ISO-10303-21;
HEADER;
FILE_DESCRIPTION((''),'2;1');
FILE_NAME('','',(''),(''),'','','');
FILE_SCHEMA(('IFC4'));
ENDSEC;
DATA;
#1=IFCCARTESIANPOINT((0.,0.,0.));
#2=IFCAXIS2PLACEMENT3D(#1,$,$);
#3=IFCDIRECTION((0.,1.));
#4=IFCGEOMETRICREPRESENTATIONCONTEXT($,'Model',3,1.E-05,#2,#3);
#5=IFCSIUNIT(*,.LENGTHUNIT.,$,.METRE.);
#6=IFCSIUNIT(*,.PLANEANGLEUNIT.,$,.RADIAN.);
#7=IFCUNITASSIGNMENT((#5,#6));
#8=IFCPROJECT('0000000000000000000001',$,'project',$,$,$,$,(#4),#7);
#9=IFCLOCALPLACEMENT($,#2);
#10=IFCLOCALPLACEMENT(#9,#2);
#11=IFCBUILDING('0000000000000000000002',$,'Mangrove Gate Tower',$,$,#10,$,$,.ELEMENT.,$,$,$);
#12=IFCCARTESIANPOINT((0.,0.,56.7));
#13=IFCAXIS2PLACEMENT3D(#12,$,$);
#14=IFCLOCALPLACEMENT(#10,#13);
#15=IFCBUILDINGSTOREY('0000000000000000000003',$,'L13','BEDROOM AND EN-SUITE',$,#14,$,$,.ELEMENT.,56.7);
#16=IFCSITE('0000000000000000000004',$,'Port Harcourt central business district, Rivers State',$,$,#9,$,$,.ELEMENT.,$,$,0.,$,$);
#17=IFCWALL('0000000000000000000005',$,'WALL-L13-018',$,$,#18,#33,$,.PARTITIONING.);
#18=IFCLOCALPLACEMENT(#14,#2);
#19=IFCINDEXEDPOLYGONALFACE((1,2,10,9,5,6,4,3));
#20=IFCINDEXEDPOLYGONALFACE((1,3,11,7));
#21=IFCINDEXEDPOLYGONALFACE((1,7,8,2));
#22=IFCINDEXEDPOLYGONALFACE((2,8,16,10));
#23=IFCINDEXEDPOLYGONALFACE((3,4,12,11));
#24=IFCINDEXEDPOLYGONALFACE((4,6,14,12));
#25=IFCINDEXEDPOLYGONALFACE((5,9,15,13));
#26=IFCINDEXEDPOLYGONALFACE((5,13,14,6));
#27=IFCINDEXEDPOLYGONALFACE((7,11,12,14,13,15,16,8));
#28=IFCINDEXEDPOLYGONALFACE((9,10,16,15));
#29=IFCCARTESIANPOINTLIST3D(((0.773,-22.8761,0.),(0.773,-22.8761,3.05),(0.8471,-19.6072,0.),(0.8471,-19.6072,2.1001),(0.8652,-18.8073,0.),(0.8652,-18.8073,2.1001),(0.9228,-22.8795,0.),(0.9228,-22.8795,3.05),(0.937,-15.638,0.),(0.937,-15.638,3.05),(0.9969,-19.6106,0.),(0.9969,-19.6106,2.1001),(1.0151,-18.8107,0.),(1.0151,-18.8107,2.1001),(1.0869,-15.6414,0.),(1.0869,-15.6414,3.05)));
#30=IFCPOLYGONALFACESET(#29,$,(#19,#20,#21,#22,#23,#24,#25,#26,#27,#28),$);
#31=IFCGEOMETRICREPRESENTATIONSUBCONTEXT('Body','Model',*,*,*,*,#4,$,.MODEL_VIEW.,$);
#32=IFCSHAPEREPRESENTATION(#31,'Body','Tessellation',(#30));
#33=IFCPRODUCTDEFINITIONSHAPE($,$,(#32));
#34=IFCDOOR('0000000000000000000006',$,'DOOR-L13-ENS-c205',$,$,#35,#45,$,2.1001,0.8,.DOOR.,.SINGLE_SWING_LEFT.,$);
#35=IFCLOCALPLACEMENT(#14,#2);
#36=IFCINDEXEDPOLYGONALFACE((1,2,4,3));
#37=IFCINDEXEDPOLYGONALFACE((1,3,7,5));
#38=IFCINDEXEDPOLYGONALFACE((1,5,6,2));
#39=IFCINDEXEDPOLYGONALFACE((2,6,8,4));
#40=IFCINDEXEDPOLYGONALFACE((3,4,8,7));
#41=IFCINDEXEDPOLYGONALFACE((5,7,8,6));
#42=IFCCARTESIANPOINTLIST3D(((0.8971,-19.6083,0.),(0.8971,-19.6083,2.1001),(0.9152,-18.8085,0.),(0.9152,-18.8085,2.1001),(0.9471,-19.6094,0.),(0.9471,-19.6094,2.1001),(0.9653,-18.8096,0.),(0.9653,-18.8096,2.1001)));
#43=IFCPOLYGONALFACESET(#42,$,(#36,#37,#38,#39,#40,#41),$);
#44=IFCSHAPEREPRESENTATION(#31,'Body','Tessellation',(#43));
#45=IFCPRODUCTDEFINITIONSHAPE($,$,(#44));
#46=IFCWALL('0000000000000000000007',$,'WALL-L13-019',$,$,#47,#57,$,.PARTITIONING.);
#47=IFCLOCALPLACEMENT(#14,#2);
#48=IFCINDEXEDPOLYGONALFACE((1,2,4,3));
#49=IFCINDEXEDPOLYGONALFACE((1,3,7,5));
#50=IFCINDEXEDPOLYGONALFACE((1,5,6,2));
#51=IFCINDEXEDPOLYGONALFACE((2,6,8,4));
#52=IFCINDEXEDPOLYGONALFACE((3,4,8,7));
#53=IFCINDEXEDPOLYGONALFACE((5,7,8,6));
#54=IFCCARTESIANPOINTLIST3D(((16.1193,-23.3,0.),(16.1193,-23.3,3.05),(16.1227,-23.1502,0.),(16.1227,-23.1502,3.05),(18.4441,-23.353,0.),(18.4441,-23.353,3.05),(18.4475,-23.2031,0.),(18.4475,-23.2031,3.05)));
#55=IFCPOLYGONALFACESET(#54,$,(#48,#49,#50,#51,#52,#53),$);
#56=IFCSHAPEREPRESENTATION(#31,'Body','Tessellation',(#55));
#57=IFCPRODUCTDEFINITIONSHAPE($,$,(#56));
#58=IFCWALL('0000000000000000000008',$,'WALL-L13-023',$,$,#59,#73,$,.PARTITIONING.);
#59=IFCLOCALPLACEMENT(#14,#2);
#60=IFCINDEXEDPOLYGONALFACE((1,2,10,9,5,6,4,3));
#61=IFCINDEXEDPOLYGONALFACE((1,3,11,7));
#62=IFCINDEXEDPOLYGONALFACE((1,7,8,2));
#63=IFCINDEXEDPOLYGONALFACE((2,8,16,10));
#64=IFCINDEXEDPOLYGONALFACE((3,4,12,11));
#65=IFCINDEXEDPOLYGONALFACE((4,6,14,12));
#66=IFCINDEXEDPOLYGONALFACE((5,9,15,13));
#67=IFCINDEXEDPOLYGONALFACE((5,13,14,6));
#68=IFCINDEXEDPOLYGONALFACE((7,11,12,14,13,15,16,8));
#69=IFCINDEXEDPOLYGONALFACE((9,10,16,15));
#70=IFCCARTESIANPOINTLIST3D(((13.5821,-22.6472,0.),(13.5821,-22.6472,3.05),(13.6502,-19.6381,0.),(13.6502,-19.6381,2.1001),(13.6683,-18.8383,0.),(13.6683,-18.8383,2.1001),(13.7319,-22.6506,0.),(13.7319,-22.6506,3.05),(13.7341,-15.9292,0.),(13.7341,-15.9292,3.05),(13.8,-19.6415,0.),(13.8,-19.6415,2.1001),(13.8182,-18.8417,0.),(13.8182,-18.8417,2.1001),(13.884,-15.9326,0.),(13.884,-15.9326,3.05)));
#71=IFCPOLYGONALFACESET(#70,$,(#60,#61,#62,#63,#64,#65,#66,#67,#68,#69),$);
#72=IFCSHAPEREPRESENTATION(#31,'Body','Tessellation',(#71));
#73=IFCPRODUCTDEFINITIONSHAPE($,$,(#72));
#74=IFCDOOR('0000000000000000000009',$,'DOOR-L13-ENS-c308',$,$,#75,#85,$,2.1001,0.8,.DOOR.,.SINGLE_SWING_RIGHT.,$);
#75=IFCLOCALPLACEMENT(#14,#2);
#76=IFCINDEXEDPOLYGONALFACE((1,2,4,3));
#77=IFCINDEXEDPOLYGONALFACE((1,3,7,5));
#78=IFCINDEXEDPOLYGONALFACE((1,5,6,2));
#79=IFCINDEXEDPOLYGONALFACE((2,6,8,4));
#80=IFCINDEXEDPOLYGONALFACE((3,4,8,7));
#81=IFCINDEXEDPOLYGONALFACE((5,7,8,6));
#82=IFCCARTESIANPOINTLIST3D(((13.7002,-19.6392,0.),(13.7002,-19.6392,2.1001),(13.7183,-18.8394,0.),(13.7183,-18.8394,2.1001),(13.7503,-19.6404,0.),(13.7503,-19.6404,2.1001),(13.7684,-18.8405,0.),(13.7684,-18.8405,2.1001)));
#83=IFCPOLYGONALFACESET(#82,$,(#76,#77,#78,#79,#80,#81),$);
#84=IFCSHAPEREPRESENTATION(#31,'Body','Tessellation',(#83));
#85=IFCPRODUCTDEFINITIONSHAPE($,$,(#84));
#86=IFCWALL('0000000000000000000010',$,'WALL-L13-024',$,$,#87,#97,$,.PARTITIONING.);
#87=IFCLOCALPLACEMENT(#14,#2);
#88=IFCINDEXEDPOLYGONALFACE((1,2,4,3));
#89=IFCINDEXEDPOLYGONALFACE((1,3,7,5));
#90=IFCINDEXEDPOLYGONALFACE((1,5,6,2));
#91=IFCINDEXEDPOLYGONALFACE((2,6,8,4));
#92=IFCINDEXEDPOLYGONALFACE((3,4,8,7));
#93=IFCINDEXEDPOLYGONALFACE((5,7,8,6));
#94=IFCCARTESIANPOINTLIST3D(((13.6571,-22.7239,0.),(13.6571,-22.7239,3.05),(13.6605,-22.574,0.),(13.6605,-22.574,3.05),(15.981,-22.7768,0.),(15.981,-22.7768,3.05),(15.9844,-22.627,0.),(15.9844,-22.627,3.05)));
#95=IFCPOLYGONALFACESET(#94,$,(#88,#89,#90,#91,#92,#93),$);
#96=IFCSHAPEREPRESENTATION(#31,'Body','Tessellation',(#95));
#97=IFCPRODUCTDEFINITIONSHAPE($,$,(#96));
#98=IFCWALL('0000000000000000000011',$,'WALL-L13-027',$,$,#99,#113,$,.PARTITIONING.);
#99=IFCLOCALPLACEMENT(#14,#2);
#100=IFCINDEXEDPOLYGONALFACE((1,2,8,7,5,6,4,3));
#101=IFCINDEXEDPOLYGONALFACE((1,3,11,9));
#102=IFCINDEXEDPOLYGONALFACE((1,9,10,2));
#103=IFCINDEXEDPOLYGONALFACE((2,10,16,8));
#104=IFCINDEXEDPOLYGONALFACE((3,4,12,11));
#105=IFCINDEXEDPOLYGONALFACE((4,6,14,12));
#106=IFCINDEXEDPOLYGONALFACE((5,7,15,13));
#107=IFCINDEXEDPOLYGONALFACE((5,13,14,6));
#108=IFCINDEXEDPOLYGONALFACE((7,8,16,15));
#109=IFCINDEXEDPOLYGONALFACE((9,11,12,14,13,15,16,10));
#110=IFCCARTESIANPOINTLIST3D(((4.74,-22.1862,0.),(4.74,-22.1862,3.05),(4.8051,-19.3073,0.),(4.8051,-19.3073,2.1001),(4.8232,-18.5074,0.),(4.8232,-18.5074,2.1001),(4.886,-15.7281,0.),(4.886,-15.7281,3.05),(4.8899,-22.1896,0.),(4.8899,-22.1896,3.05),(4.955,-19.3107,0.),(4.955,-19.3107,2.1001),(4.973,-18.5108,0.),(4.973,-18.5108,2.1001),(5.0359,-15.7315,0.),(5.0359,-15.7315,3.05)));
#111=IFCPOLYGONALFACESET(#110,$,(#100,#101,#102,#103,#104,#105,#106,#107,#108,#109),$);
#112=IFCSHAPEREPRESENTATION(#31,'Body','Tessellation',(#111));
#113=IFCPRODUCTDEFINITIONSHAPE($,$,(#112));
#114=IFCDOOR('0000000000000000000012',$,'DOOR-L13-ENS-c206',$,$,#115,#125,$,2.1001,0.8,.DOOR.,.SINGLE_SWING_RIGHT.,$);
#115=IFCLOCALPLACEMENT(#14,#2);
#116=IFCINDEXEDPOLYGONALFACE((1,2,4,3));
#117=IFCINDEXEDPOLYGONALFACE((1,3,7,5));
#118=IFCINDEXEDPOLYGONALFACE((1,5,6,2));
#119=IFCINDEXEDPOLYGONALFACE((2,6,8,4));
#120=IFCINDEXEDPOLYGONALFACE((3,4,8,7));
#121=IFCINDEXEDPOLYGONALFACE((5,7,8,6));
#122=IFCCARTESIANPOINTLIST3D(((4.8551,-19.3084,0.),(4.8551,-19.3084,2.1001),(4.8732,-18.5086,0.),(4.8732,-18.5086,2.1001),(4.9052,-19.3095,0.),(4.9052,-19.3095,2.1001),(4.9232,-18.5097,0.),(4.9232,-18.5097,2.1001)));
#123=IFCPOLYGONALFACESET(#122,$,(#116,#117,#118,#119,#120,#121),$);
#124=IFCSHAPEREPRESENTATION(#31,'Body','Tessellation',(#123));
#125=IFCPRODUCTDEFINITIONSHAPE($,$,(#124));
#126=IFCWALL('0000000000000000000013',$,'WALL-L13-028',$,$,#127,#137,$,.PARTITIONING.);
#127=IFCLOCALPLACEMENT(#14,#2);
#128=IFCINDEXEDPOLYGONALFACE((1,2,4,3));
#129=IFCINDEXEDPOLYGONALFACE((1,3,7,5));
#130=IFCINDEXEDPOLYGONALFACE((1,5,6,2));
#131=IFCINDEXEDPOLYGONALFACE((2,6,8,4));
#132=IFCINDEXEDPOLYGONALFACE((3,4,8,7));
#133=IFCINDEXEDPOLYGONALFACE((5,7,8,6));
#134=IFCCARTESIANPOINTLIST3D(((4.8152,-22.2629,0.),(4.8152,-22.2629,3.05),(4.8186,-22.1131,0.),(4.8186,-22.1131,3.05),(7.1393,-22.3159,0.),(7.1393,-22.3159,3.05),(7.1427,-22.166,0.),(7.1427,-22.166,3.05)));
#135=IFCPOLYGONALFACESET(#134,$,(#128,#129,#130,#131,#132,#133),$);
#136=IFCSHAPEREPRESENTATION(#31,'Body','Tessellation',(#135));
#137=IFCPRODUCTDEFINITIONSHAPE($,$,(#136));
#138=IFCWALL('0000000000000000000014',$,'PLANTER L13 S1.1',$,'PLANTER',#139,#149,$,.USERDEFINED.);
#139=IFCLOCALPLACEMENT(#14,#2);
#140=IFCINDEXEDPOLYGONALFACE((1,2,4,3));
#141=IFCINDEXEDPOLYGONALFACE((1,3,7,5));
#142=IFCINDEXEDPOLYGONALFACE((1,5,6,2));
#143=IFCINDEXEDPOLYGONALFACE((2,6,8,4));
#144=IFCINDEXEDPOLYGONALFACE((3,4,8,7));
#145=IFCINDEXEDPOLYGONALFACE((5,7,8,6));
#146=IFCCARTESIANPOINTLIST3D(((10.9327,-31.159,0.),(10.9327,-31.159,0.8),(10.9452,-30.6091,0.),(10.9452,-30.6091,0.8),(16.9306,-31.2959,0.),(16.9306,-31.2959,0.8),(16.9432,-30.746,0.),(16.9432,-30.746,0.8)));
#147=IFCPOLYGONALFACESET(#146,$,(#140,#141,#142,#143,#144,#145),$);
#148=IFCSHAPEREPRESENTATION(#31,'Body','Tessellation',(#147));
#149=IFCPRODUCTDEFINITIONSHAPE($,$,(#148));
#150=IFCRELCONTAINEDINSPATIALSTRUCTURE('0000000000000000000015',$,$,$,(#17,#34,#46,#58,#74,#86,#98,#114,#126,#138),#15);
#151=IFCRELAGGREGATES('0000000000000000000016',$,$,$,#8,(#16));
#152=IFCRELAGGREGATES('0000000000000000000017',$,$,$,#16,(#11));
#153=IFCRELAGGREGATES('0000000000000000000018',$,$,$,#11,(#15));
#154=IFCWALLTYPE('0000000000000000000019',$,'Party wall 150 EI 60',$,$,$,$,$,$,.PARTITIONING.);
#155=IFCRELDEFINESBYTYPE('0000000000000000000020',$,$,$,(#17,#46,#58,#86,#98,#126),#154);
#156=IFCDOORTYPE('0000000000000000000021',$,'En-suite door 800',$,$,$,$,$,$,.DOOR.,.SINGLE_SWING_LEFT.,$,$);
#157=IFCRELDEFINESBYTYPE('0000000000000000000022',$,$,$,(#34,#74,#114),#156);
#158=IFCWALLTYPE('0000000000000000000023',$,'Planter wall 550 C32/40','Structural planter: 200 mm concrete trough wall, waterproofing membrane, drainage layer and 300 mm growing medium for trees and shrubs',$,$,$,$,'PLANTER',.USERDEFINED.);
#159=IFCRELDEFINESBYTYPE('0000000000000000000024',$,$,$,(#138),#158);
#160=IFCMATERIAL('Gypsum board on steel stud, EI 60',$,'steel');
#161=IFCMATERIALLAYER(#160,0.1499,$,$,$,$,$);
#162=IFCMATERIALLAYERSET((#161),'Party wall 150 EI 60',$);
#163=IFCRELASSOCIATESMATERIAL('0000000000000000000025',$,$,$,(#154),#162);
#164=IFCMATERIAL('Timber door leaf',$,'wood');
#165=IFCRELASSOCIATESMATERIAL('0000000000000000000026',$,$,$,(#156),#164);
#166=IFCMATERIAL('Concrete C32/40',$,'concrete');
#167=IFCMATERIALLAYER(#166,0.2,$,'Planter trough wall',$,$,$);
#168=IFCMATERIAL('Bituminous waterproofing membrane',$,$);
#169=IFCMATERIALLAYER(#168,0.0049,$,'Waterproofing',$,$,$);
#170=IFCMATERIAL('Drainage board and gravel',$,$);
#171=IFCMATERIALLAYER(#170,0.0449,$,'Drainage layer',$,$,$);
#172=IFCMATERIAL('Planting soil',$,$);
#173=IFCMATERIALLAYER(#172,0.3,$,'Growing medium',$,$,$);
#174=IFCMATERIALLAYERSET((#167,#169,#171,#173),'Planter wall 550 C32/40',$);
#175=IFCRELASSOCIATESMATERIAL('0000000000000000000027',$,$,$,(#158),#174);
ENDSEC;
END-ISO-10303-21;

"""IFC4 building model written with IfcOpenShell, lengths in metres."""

from ifc_helpers import new_model, si_unit, direction, frame, frame_2d, origin, place, context, subcontext, project, spatial, rectangle, extrude, material, layer, layer_set, type_object, element, fill, save


model = new_model("IFC4")

# Units and contexts
model_context = context("Model", 3, precision=1e-05, world=origin(), true_north=direction((0.0, 1.0)))
body_context = subcontext(model_context, "Body", "Model", "MODEL_VIEW")
ifc_project = project(units=[si_unit("LENGTHUNIT", "METRE"), si_unit("PLANEANGLEUNIT", "RADIAN")], contexts=[model_context])

# Site, building, storey
site_placement = place(None, origin())
site = spatial("IfcSite", under=ifc_project, at=site_placement, Name="Port Harcourt central business district, Rivers State", CompositionType="ELEMENT", RefElevation=0.0)
building_placement = place(site_placement, origin())
building = spatial("IfcBuilding", under=site, at=building_placement, Name="Mangrove Gate Tower", CompositionType="ELEMENT")
storey_placement = place(building_placement, frame((0.0, 0.0, 56.7)))
storey = spatial("IfcBuildingStorey", under=building, at=storey_placement, Name="L13", Description="BEDROOM AND EN-SUITE", CompositionType="ELEMENT", Elevation=56.7)

# Shared definitions
ifc_material_1 = material(Name="Gypsum board on steel stud, EI 60", Category="steel")
ifc_layer_1 = layer(ifc_material_1, 0.1499)
ifc_layer_set_1 = layer_set([ifc_layer_1], Name="Party wall 150 EI 60")
wall_type_1 = type_object("IfcWallType", Name="Party wall 150 EI 60", PredefinedType="PARTITIONING", material=ifc_layer_set_1)

# Wall, opening, door
ifc_material_2 = material(Name="Timber door leaf", Category="wood")
door_type = type_object("IfcDoorType", Name="En-suite door 800", OperationType="SINGLE_SWING_LEFT", PredefinedType="DOOR", material=ifc_material_2)
wall_1_placement = place(storey_placement, frame((0.8479, -22.8779, 0.0), z_axis=(0.0, 0.0, 1.0), x_axis=(0.022661, 0.999743, 0.0)))
wall_1 = element("IfcWall", 1, at=wall_1_placement, inside=storey, type_object=wall_type_1, Name="WALL-L13-018", PredefinedType="PARTITIONING", context=body_context, shape_type="SweptSolid", body=[
    extrude(rectangle(XDim=7.24, YDim=0.1499, at=frame_2d((3.6201, 0.0))), origin(), (0.0, 0.0, 1.0), 3.05),
])
opening_1_placement = place(wall_1_placement, frame((3.27, 0.0, 0.0)))
opening_1 = element("IfcOpeningElement", 2, at=opening_1_placement, cuts=wall_1, PredefinedType="OPENING", context=body_context, shape_type="SweptSolid", body=[
    extrude(rectangle(XDim=0.8, YDim=2.1001, at=frame_2d((0.3999, 1.05))), frame((0.0, 0.085, 0.0), z_axis=(0.0, -1.0, 0.0), x_axis=(1.0, 0.0, 0.0)), (0.0, 0.0, 1.0), 0.1699),
])
door_1_placement = place(opening_1_placement, origin())
door_1 = element("IfcDoor", 3, at=door_1_placement, inside=storey, type_object=door_type, Name="DOOR-L13-ENS-c205", OperationType="SINGLE_SWING_LEFT", OverallHeight=2.1001, OverallWidth=0.8, PredefinedType="DOOR", context=body_context, shape_type="SweptSolid", body=[
    extrude(rectangle(XDim=0.8, YDim=2.1001, at=frame_2d((0.3999, 1.05))), frame((0.0, 0.0249, 0.0), z_axis=(0.0, -1.0, 0.0), x_axis=(1.0, 0.0, 0.0)), (0.0, 0.0, 1.0), 0.05),
])
fill(opening_1, door_1)

# Wall
wall_2_placement = place(storey_placement, frame((16.1211, -23.2251, 0.0), z_axis=(0.0, 0.0, 1.0), x_axis=(0.99974, -0.022781, 0.0)))
element("IfcWall", 4, at=wall_2_placement, inside=storey, type_object=wall_type_1, Name="WALL-L13-019", PredefinedType="PARTITIONING", context=body_context, shape_type="SweptSolid", body=[
    extrude(rectangle(XDim=2.3254, YDim=0.1499, at=frame_2d((1.1626, 0.0))), origin(), (0.0, 0.0, 1.0), 3.05),
])

# Wall, opening, door
wall_3_placement = place(storey_placement, frame((13.657, -22.6489, 0.0), z_axis=(0.0, 0.0, 1.0), x_axis=(0.022635, 0.999744, 0.0)))
wall_3 = element("IfcWall", 5, at=wall_3_placement, inside=storey, type_object=wall_type_1, Name="WALL-L13-023", PredefinedType="PARTITIONING", context=body_context, shape_type="SweptSolid", body=[
    extrude(rectangle(XDim=6.7197, YDim=0.1499, at=frame_2d((3.3599, 0.0))), origin(), (0.0, 0.0, 1.0), 3.05),
])
opening_2_placement = place(wall_3_placement, frame((3.01, 0.0, 0.0)))
opening_2 = element("IfcOpeningElement", 6, at=opening_2_placement, cuts=wall_3, PredefinedType="OPENING", context=body_context, shape_type="SweptSolid", body=[
    extrude(rectangle(XDim=0.8, YDim=2.1001, at=frame_2d((0.3999, 1.05))), frame((0.0, 0.085, 0.0), z_axis=(0.0, -1.0, 0.0), x_axis=(1.0, 0.0, 0.0)), (0.0, 0.0, 1.0), 0.1699),
])
door_2_placement = place(opening_2_placement, origin())
door_2 = element("IfcDoor", 7, at=door_2_placement, inside=storey, type_object=door_type, Name="DOOR-L13-ENS-c308", OperationType="SINGLE_SWING_RIGHT", OverallHeight=2.1001, OverallWidth=0.8, PredefinedType="DOOR", context=body_context, shape_type="SweptSolid", body=[
    extrude(rectangle(XDim=0.8, YDim=2.1001, at=frame_2d((0.3999, 1.05))), frame((0.0, 0.0249, 0.0), z_axis=(0.0, -1.0, 0.0), x_axis=(1.0, 0.0, 0.0)), (0.0, 0.0, 1.0), 0.05),
])
fill(opening_2, door_2)

# Wall
wall_4_placement = place(storey_placement, frame((13.6589, -22.6489, 0.0), z_axis=(0.0, 0.0, 1.0), x_axis=(0.99974, -0.022791, 0.0)))
element("IfcWall", 8, at=wall_4_placement, inside=storey, type_object=wall_type_1, Name="WALL-L13-024", PredefinedType="PARTITIONING", context=body_context, shape_type="SweptSolid", body=[
    extrude(rectangle(XDim=2.3245, YDim=0.1499, at=frame_2d((1.1621, 0.0))), origin(), (0.0, 0.0, 1.0), 3.05),
])

# Wall, opening, door
wall_5_placement = place(storey_placement, frame((4.8149, -22.188, 0.0), z_axis=(0.0, 0.0, 1.0), x_axis=(0.022601, 0.999745, 0.0)))
wall_5 = element("IfcWall", 9, at=wall_5_placement, inside=storey, type_object=wall_type_1, Name="WALL-L13-027", PredefinedType="PARTITIONING", context=body_context, shape_type="SweptSolid", body=[
    extrude(rectangle(XDim=6.4597, YDim=0.1499, at=frame_2d((3.23, 0.0))), origin(), (0.0, 0.0, 1.0), 3.05),
])
opening_3_placement = place(wall_5_placement, frame((2.8799, 0.0, 0.0)))
opening_3 = element("IfcOpeningElement", 10, at=opening_3_placement, cuts=wall_5, PredefinedType="OPENING", context=body_context, shape_type="SweptSolid", body=[
    extrude(rectangle(XDim=0.8, YDim=2.1001, at=frame_2d((0.3999, 1.05))), frame((0.0, 0.085, 0.0), z_axis=(0.0, -1.0, 0.0), x_axis=(1.0, 0.0, 0.0)), (0.0, 0.0, 1.0), 0.1699),
])
door_3_placement = place(opening_3_placement, origin())
door_3 = element("IfcDoor", 11, at=door_3_placement, inside=storey, type_object=door_type, Name="DOOR-L13-ENS-c206", OperationType="SINGLE_SWING_RIGHT", OverallHeight=2.1001, OverallWidth=0.8, PredefinedType="DOOR", context=body_context, shape_type="SweptSolid", body=[
    extrude(rectangle(XDim=0.8, YDim=2.1001, at=frame_2d((0.3999, 1.05))), frame((0.0, 0.0249, 0.0), z_axis=(0.0, -1.0, 0.0), x_axis=(1.0, 0.0, 0.0)), (0.0, 0.0, 1.0), 0.05),
])
fill(opening_3, door_3)

# Walls
wall_6_placement = place(storey_placement, frame((4.8169, -22.188, 0.0), z_axis=(0.0, 0.0, 1.0), x_axis=(0.99974, -0.022788, 0.0)))
element("IfcWall", 12, at=wall_6_placement, inside=storey, type_object=wall_type_1, Name="WALL-L13-028", PredefinedType="PARTITIONING", context=body_context, shape_type="SweptSolid", body=[
    extrude(rectangle(XDim=2.3247, YDim=0.1499, at=frame_2d((1.1624, 0.0))), origin(), (0.0, 0.0, 1.0), 3.05),
])
ifc_material_3 = material(Name="Concrete C32/40", Category="concrete")
ifc_layer_2 = layer(ifc_material_3, 0.2, Name="Planter trough wall")
ifc_material_4 = material(Name="Bituminous waterproofing membrane")
ifc_layer_3 = layer(ifc_material_4, 0.0049, Name="Waterproofing")
ifc_material_5 = material(Name="Drainage board and gravel")
ifc_layer_4 = layer(ifc_material_5, 0.0449, Name="Drainage layer")
ifc_material_6 = material(Name="Planting soil")
ifc_layer_5 = layer(ifc_material_6, 0.3, Name="Growing medium")
ifc_layer_set_2 = layer_set([ifc_layer_2, ifc_layer_3, ifc_layer_4, ifc_layer_5], Name="Planter wall 550 C32/40")
wall_type_2 = type_object("IfcWallType", Name="Planter wall 550 C32/40", Description="Structural planter: 200 mm concrete trough wall, waterproofing membrane, drainage layer and 300 mm growing medium for trees and shrubs", ElementType="PLANTER", PredefinedType="USERDEFINED", material=ifc_layer_set_2)
wall_7_placement = place(storey_placement, frame((10.939, -30.884, 0.0), z_axis=(0.0, 0.0, 1.0), x_axis=(0.999739, -0.022829, 0.0)))
element("IfcWall", 13, at=wall_7_placement, inside=storey, type_object=wall_type_2, Name="PLANTER L13 S1.1", ObjectType="PLANTER", PredefinedType="USERDEFINED", context=body_context, shape_type="SweptSolid", body=[
    extrude(rectangle(XDim=5.9995, YDim=0.55, at=frame_2d((2.9998, 0.0))), origin(), (0.0, 0.0, 1.0), 0.8),
])

save(model, "model.ifc")
